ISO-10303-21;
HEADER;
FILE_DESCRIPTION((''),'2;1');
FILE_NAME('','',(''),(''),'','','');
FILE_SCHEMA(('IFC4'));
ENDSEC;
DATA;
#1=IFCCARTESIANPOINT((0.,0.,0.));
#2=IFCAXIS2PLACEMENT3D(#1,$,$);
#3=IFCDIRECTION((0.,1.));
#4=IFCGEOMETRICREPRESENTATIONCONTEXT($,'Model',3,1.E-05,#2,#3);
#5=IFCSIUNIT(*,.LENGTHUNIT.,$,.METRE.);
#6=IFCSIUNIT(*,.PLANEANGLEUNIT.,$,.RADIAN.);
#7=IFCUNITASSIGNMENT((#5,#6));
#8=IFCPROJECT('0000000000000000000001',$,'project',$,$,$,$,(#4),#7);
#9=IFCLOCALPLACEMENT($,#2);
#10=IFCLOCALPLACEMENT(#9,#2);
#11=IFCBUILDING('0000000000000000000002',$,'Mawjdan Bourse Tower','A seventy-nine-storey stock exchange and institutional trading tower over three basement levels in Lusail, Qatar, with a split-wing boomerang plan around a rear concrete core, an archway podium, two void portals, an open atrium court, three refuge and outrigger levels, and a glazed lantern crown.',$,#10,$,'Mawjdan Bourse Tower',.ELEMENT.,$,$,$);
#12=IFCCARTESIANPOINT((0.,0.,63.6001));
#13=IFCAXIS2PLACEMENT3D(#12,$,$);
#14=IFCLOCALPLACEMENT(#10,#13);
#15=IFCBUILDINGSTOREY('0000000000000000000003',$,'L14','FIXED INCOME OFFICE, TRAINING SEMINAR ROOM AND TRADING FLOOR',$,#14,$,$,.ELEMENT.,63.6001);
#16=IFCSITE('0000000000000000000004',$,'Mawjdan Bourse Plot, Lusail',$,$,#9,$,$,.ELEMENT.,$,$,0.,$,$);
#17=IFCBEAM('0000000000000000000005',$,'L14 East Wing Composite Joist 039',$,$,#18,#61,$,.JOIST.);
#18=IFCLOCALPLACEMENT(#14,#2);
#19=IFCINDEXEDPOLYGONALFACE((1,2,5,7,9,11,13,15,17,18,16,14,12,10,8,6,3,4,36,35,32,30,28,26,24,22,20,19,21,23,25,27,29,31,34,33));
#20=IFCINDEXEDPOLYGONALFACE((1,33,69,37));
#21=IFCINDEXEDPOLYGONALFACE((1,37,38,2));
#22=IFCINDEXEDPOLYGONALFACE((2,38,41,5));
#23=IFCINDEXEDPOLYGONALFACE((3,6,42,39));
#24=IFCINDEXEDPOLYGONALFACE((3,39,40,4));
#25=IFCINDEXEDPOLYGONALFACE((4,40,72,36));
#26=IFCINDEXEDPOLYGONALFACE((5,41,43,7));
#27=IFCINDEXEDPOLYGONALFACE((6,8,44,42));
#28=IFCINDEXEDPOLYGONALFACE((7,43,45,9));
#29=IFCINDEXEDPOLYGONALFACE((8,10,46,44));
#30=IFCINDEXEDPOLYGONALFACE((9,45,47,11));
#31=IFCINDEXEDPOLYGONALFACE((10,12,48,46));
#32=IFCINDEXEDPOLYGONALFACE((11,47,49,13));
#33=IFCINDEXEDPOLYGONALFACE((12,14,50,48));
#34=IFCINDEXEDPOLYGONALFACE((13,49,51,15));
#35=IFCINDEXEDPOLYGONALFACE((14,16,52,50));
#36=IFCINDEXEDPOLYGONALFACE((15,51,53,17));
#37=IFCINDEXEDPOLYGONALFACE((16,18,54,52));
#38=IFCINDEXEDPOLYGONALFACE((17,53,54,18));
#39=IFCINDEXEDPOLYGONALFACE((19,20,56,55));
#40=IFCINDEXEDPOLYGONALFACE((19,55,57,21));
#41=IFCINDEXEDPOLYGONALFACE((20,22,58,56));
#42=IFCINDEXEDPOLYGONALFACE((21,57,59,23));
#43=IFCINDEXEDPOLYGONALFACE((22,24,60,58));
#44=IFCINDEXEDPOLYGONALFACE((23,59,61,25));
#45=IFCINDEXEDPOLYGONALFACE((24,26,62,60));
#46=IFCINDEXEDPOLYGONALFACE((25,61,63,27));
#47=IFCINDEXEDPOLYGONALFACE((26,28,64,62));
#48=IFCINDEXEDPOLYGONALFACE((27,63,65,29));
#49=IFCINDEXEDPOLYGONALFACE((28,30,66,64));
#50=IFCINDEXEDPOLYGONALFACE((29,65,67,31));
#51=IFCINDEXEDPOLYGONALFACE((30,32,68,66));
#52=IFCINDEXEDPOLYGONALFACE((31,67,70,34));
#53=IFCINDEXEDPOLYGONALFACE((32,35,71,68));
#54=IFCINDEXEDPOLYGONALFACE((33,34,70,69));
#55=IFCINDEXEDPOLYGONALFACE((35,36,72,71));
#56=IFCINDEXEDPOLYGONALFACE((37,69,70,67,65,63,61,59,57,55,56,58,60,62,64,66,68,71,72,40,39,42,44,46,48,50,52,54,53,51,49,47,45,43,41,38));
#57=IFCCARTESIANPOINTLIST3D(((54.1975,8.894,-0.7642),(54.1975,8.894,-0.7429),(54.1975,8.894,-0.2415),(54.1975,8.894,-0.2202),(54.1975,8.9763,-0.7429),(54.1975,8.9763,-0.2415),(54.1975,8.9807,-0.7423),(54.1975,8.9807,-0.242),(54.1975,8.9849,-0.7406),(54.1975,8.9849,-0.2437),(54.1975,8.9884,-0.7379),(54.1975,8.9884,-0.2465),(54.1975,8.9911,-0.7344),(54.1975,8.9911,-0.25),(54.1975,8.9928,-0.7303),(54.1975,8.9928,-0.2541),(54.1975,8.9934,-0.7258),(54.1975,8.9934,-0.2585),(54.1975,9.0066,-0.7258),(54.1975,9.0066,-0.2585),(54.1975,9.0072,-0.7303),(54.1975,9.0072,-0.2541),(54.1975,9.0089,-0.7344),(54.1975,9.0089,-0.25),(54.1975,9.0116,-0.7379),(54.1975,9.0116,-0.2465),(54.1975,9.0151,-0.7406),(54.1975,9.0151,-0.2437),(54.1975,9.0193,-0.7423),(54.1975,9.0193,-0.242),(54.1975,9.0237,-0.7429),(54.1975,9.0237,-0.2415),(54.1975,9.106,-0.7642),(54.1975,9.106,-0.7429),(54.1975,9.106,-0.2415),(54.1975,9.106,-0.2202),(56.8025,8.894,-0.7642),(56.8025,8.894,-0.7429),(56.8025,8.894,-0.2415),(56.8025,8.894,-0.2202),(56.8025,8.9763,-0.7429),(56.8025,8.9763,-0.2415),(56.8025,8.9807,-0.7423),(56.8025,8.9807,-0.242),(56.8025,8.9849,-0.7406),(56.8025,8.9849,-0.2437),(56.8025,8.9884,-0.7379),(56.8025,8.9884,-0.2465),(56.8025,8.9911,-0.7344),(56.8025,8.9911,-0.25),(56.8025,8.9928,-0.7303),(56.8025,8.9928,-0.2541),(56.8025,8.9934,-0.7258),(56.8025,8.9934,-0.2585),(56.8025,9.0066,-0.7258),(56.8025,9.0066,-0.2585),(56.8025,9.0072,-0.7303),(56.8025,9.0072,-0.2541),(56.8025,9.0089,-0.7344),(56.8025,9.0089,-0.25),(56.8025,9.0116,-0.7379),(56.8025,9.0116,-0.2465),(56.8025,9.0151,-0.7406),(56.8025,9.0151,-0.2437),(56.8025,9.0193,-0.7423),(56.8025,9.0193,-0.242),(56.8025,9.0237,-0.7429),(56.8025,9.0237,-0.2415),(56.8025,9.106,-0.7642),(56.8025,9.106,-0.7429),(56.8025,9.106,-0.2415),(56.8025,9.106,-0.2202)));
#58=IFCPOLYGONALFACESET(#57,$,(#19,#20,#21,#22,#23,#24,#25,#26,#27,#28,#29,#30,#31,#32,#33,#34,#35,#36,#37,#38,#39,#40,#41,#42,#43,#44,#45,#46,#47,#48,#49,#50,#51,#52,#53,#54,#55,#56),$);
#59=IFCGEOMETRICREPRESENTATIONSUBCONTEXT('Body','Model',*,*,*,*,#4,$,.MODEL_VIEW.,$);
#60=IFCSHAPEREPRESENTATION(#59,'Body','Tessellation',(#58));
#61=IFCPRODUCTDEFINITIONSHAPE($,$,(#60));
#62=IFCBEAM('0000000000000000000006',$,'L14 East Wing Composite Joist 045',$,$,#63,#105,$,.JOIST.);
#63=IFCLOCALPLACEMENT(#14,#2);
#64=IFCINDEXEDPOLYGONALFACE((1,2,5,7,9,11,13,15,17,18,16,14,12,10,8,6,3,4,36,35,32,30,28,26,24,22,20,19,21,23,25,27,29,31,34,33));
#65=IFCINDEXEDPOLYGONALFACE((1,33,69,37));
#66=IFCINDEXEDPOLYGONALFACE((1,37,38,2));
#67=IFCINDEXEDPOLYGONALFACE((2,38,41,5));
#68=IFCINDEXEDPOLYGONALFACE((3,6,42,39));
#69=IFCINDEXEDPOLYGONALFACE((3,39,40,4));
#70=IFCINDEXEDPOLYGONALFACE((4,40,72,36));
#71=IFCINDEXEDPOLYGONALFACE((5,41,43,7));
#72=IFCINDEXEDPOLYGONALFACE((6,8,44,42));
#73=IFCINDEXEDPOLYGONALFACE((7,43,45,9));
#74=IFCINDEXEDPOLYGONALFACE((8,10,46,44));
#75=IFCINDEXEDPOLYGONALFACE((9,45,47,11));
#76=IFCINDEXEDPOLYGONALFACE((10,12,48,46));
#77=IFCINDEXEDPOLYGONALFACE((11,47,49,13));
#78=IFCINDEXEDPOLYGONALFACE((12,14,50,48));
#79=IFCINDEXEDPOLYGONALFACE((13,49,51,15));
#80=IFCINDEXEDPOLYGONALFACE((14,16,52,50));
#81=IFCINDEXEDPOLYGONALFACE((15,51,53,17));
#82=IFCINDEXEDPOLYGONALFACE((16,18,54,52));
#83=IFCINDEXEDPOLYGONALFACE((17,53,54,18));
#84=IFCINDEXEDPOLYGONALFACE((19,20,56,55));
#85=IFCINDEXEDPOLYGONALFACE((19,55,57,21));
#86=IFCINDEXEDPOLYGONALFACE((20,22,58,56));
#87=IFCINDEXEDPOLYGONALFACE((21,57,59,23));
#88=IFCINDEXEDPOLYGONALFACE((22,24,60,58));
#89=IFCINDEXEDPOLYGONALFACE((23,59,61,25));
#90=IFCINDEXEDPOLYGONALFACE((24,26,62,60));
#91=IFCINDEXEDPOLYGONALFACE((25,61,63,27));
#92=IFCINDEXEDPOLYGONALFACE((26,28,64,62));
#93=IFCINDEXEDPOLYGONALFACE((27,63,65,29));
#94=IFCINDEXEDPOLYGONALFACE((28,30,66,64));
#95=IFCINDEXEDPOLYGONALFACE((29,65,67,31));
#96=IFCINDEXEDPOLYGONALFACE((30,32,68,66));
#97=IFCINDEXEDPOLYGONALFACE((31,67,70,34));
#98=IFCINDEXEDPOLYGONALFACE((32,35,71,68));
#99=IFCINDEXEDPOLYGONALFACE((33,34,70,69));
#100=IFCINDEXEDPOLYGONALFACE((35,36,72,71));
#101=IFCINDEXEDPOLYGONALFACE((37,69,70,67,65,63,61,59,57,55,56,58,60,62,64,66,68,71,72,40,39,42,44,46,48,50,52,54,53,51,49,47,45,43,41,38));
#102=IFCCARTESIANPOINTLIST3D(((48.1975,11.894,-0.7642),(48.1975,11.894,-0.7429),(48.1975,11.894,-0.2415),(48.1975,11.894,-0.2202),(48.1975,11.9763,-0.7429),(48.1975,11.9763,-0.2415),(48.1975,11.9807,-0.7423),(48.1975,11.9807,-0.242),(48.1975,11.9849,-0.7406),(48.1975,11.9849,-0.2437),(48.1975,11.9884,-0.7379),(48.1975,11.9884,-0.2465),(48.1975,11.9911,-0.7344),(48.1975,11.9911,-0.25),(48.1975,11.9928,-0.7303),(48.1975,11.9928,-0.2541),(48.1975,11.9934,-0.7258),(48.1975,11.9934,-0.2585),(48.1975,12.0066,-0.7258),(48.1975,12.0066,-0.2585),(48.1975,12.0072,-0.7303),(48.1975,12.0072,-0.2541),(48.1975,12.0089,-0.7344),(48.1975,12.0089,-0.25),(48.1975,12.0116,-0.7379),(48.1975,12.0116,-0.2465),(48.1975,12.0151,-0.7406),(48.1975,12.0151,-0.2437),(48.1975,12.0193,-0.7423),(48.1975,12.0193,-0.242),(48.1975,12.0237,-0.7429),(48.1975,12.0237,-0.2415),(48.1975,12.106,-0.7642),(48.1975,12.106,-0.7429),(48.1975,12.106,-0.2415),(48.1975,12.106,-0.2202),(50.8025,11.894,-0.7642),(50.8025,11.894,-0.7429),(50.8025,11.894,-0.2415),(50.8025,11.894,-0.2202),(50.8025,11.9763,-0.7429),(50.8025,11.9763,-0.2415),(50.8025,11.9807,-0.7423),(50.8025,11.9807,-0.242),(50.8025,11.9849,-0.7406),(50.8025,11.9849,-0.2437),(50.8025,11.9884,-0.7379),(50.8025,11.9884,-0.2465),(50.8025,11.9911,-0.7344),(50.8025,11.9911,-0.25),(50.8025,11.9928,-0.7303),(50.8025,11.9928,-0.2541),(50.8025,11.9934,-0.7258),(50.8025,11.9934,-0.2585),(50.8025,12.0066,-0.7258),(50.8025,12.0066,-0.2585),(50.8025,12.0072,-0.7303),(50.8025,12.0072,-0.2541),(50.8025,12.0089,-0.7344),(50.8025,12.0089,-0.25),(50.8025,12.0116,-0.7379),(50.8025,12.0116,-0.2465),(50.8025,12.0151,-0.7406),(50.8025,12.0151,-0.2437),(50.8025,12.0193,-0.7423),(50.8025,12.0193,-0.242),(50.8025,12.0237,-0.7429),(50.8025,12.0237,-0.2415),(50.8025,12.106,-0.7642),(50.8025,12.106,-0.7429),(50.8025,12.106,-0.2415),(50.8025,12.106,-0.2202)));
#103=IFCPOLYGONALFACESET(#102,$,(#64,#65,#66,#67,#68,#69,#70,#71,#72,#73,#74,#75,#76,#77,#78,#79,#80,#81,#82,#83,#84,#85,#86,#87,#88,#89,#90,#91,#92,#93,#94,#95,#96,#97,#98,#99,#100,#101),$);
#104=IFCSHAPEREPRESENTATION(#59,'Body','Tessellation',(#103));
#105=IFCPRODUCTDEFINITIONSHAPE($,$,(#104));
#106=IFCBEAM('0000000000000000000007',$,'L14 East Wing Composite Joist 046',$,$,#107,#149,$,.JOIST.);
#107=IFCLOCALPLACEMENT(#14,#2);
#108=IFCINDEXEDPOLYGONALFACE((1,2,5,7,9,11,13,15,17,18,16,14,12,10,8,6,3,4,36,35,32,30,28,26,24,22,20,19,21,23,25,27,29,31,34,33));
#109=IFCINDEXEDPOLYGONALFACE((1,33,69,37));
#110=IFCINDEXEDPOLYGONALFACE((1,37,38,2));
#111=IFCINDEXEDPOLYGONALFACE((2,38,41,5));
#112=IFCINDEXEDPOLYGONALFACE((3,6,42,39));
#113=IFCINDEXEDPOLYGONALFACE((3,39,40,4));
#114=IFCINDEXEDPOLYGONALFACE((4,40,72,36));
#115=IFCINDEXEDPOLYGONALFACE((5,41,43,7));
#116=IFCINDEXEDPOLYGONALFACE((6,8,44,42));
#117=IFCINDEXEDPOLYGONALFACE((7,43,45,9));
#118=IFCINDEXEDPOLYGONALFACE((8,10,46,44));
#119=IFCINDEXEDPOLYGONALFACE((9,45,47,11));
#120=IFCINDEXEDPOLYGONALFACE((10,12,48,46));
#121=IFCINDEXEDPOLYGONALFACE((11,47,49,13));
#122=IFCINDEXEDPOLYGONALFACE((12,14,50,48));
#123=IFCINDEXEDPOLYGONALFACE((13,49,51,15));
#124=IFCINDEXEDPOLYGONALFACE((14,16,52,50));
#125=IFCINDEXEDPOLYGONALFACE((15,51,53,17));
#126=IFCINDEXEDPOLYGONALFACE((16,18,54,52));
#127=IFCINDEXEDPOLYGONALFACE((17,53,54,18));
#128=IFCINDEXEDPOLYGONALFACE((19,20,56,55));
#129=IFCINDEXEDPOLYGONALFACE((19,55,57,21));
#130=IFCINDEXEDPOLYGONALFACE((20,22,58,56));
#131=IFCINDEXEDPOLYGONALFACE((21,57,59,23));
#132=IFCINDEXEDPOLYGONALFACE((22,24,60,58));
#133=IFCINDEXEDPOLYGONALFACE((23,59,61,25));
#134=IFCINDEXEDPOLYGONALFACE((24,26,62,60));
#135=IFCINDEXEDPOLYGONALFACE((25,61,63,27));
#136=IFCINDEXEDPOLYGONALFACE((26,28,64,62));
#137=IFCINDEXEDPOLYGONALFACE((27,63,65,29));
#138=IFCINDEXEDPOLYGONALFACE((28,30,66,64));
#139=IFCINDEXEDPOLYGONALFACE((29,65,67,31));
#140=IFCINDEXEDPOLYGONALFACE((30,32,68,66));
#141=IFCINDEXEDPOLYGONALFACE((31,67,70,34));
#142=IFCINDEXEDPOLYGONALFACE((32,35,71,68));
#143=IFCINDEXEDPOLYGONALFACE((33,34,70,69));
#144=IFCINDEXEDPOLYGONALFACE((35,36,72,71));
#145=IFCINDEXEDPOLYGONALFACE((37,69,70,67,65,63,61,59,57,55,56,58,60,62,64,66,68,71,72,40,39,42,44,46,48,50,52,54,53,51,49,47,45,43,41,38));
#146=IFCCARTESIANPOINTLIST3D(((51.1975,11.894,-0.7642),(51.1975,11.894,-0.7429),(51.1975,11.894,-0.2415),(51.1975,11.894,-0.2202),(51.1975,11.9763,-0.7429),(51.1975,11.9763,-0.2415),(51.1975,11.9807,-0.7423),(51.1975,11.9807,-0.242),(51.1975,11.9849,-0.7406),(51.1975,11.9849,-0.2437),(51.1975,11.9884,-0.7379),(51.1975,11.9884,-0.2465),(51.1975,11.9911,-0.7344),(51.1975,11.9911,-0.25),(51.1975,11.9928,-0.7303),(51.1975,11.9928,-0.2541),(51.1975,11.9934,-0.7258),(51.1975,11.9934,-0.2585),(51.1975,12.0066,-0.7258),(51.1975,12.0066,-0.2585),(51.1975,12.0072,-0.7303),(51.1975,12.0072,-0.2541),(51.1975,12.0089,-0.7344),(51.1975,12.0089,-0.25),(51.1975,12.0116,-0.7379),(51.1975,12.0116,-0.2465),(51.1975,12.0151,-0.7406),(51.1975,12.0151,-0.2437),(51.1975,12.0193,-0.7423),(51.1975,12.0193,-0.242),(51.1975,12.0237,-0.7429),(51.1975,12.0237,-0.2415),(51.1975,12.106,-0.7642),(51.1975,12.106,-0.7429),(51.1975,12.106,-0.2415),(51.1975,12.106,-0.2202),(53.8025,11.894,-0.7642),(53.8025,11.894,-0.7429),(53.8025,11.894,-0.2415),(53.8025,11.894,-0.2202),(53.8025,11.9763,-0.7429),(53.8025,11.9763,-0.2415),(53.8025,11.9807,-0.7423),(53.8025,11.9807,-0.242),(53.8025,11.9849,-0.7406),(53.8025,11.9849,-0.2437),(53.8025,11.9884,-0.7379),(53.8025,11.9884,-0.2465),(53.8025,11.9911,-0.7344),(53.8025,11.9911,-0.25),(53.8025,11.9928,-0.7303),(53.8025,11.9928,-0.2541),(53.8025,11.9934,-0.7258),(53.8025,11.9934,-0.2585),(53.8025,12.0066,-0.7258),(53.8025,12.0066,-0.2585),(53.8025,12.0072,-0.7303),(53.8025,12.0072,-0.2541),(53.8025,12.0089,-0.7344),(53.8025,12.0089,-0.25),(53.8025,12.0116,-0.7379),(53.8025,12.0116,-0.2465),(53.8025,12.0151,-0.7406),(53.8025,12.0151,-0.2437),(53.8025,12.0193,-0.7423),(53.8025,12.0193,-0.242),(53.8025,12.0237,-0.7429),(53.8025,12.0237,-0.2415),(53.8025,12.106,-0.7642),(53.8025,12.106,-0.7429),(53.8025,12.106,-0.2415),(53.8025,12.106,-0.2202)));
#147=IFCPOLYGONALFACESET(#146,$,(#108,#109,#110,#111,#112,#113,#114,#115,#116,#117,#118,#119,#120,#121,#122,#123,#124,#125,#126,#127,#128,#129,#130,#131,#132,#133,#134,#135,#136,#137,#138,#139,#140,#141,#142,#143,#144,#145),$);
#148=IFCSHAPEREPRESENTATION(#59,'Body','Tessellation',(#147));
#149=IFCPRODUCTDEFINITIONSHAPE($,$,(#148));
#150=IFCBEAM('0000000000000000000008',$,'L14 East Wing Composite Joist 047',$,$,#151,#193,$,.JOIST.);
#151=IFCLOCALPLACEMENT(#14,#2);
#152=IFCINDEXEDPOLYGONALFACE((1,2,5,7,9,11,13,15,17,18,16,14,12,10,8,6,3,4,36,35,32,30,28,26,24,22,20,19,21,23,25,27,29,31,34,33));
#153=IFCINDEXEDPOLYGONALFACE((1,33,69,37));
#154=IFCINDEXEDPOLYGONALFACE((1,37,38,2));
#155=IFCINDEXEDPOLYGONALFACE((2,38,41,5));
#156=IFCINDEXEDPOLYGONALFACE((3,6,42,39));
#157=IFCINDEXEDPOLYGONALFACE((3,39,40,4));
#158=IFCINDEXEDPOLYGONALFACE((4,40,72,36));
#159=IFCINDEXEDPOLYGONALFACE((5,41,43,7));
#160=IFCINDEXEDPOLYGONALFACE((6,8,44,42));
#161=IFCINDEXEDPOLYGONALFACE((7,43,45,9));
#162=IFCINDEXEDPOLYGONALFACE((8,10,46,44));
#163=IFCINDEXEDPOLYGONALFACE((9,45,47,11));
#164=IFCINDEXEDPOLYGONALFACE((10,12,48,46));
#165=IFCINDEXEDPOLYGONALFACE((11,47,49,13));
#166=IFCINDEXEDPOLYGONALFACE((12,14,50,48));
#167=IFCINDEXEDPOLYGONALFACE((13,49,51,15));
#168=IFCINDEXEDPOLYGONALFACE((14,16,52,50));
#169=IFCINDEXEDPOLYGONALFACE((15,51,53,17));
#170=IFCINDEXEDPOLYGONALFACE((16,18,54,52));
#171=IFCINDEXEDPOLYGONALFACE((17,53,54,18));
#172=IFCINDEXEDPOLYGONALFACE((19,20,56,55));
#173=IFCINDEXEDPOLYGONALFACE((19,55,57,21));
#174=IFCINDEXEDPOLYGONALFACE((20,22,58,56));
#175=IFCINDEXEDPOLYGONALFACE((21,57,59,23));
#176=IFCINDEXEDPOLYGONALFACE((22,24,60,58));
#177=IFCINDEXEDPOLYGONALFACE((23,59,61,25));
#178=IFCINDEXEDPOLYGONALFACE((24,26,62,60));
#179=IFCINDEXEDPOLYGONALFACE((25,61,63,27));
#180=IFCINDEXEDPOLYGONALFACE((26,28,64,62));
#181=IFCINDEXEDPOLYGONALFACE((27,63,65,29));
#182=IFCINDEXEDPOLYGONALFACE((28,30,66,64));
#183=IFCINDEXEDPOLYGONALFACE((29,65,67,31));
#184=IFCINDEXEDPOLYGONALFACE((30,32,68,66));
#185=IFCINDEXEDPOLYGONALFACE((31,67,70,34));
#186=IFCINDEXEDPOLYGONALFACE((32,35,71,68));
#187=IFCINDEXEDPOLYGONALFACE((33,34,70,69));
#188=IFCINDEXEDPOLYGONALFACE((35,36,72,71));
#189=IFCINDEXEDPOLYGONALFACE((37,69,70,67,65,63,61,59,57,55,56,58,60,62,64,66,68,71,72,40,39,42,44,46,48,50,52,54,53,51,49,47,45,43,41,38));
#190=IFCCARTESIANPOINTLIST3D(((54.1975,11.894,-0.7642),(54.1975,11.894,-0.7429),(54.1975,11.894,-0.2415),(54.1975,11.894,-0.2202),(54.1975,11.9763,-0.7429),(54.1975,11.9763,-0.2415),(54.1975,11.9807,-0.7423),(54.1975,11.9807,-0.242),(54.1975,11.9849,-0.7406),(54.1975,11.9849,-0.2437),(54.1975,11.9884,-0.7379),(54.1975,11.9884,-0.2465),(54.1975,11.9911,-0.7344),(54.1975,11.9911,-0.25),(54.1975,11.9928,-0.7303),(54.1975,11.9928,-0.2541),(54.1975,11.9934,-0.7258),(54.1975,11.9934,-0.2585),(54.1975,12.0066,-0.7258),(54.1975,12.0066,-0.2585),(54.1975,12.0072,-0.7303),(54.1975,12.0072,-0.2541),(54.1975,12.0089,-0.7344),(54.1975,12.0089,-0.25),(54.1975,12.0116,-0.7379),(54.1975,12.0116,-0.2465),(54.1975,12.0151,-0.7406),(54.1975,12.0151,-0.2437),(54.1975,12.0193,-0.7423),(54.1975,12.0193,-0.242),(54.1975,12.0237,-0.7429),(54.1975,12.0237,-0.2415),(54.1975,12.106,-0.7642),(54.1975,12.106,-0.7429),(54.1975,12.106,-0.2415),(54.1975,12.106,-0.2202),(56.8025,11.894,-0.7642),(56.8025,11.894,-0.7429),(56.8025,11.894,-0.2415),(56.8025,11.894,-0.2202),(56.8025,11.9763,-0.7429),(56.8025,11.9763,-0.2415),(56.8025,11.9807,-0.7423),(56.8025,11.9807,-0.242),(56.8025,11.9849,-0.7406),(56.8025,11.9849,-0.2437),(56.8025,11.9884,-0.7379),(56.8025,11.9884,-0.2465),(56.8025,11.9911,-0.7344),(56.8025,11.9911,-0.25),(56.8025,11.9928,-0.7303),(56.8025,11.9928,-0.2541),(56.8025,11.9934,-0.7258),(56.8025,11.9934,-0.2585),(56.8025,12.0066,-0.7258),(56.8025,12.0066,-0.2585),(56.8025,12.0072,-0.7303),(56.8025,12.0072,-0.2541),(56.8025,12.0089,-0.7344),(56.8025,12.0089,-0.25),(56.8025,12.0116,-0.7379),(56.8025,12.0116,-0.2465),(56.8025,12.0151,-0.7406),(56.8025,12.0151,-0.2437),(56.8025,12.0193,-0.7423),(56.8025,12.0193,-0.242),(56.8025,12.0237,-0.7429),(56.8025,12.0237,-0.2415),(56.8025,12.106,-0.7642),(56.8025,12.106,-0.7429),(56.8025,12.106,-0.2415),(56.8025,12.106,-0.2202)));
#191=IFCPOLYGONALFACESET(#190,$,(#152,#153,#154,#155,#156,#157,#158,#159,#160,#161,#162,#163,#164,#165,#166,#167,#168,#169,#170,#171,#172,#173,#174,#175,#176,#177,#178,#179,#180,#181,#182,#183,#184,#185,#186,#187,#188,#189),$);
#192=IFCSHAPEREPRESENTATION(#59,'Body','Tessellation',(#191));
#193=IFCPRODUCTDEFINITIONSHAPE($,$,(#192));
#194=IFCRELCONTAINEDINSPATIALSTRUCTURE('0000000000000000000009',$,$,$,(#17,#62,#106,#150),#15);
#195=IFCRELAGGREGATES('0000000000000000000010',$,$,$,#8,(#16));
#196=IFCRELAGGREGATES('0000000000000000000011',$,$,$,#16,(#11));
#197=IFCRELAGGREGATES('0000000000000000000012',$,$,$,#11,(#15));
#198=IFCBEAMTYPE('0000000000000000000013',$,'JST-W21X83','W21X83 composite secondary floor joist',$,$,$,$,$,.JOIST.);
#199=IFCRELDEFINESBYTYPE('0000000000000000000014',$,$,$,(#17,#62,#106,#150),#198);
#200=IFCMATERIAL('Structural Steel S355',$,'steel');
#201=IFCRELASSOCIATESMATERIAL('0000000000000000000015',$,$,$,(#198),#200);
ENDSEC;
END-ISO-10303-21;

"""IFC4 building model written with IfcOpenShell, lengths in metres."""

from ifc_helpers import new_model, si_unit, direction, frame, origin, origin_2d, place, context, subcontext, project, spatial, i_section, extrude, material, material_profile, profile_set, type_object, element, save


model = new_model("IFC4")

# Units and contexts
model_context = context("Model", 3, precision=1e-05, world=origin(), true_north=direction((0.0, 1.0)))
body_context = subcontext(model_context, "Body", "Model", "MODEL_VIEW")
ifc_project = project(units=[si_unit("LENGTHUNIT", "METRE"), si_unit("PLANEANGLEUNIT", "RADIAN")], contexts=[model_context])

# Site, building, storey
site_placement = place(None, origin())
site = spatial("IfcSite", under=ifc_project, at=site_placement, Name="Mawjdan Bourse Plot, Lusail", CompositionType="ELEMENT", RefElevation=0.0)
building_placement = place(site_placement, origin())
building = spatial("IfcBuilding", under=site, at=building_placement, Name="Mawjdan Bourse Tower", Description="A seventy-nine-storey stock exchange and institutional trading tower over three basement levels in Lusail, Qatar, with a split-wing boomerang plan around a rear concrete core, an archway podium, two void portals, an open atrium court, three refuge and outrigger levels, and a glazed lantern crown.", LongName="Mawjdan Bourse Tower", CompositionType="ELEMENT")
storey_placement = place(building_placement, frame((0.0, 0.0, 63.6001)))
storey = spatial("IfcBuildingStorey", under=building, at=storey_placement, Name="L14", Description="FIXED INCOME OFFICE, TRAINING SEMINAR ROOM AND TRADING FLOOR", CompositionType="ELEMENT", Elevation=63.6001)

# Beams
ifc_material_1 = material(Name="Structural Steel S355", Category="steel")
ifc_material_profile_1 = material_profile(ifc_material_1, i_section(OverallWidth=0.2119, OverallDepth=0.5439, WebThickness=0.0132, FlangeThickness=0.0212, FilletRadius=0.0171, at=origin_2d()), Name="W21X83")
ifc_profile_set_1 = profile_set([ifc_material_profile_1], Name="Structural Steel S355")
beam_type_1 = type_object("IfcBeamType", Name="JST-W21X83", Description="W21X83 composite secondary floor joist", PredefinedType="JOIST", material=ifc_profile_set_1)
for number, where, z_axis, x_axis, name in (
    (1, (54.1975, 9.0, -0.4922), (1.0, 0.0, 0.0), (0.0, 1.0, 0.0), "L14 East Wing Composite Joist 039"),
    (2, (48.1975, 12.0, -0.4922), (1.0, 0.0, 0.0), (0.0, 1.0, 0.0), "L14 East Wing Composite Joist 045"),
    (3, (51.1975, 12.0, -0.4922), (1.0, 0.0, 0.0), (0.0, 1.0, 0.0), "L14 East Wing Composite Joist 046"),
    (4, (54.1975, 12.0, -0.4922), (1.0, 0.0, 0.0), (0.0, 1.0, 0.0), "L14 East Wing Composite Joist 047"),
):
    element("IfcBeam", number, at=place(storey_placement, frame(where, z_axis=z_axis, x_axis=x_axis)), inside=storey, type_object=beam_type_1, Name=name, PredefinedType="JOIST", context=body_context, shape_type="SweptSolid", body=[
        extrude(i_section(OverallWidth=0.2119, OverallDepth=0.5439, WebThickness=0.0132, FlangeThickness=0.0212, FilletRadius=0.0171, at=origin_2d()), origin(), (0.0, 0.0, 1.0), 2.605),
    ])

save(model, "model.ifc")
